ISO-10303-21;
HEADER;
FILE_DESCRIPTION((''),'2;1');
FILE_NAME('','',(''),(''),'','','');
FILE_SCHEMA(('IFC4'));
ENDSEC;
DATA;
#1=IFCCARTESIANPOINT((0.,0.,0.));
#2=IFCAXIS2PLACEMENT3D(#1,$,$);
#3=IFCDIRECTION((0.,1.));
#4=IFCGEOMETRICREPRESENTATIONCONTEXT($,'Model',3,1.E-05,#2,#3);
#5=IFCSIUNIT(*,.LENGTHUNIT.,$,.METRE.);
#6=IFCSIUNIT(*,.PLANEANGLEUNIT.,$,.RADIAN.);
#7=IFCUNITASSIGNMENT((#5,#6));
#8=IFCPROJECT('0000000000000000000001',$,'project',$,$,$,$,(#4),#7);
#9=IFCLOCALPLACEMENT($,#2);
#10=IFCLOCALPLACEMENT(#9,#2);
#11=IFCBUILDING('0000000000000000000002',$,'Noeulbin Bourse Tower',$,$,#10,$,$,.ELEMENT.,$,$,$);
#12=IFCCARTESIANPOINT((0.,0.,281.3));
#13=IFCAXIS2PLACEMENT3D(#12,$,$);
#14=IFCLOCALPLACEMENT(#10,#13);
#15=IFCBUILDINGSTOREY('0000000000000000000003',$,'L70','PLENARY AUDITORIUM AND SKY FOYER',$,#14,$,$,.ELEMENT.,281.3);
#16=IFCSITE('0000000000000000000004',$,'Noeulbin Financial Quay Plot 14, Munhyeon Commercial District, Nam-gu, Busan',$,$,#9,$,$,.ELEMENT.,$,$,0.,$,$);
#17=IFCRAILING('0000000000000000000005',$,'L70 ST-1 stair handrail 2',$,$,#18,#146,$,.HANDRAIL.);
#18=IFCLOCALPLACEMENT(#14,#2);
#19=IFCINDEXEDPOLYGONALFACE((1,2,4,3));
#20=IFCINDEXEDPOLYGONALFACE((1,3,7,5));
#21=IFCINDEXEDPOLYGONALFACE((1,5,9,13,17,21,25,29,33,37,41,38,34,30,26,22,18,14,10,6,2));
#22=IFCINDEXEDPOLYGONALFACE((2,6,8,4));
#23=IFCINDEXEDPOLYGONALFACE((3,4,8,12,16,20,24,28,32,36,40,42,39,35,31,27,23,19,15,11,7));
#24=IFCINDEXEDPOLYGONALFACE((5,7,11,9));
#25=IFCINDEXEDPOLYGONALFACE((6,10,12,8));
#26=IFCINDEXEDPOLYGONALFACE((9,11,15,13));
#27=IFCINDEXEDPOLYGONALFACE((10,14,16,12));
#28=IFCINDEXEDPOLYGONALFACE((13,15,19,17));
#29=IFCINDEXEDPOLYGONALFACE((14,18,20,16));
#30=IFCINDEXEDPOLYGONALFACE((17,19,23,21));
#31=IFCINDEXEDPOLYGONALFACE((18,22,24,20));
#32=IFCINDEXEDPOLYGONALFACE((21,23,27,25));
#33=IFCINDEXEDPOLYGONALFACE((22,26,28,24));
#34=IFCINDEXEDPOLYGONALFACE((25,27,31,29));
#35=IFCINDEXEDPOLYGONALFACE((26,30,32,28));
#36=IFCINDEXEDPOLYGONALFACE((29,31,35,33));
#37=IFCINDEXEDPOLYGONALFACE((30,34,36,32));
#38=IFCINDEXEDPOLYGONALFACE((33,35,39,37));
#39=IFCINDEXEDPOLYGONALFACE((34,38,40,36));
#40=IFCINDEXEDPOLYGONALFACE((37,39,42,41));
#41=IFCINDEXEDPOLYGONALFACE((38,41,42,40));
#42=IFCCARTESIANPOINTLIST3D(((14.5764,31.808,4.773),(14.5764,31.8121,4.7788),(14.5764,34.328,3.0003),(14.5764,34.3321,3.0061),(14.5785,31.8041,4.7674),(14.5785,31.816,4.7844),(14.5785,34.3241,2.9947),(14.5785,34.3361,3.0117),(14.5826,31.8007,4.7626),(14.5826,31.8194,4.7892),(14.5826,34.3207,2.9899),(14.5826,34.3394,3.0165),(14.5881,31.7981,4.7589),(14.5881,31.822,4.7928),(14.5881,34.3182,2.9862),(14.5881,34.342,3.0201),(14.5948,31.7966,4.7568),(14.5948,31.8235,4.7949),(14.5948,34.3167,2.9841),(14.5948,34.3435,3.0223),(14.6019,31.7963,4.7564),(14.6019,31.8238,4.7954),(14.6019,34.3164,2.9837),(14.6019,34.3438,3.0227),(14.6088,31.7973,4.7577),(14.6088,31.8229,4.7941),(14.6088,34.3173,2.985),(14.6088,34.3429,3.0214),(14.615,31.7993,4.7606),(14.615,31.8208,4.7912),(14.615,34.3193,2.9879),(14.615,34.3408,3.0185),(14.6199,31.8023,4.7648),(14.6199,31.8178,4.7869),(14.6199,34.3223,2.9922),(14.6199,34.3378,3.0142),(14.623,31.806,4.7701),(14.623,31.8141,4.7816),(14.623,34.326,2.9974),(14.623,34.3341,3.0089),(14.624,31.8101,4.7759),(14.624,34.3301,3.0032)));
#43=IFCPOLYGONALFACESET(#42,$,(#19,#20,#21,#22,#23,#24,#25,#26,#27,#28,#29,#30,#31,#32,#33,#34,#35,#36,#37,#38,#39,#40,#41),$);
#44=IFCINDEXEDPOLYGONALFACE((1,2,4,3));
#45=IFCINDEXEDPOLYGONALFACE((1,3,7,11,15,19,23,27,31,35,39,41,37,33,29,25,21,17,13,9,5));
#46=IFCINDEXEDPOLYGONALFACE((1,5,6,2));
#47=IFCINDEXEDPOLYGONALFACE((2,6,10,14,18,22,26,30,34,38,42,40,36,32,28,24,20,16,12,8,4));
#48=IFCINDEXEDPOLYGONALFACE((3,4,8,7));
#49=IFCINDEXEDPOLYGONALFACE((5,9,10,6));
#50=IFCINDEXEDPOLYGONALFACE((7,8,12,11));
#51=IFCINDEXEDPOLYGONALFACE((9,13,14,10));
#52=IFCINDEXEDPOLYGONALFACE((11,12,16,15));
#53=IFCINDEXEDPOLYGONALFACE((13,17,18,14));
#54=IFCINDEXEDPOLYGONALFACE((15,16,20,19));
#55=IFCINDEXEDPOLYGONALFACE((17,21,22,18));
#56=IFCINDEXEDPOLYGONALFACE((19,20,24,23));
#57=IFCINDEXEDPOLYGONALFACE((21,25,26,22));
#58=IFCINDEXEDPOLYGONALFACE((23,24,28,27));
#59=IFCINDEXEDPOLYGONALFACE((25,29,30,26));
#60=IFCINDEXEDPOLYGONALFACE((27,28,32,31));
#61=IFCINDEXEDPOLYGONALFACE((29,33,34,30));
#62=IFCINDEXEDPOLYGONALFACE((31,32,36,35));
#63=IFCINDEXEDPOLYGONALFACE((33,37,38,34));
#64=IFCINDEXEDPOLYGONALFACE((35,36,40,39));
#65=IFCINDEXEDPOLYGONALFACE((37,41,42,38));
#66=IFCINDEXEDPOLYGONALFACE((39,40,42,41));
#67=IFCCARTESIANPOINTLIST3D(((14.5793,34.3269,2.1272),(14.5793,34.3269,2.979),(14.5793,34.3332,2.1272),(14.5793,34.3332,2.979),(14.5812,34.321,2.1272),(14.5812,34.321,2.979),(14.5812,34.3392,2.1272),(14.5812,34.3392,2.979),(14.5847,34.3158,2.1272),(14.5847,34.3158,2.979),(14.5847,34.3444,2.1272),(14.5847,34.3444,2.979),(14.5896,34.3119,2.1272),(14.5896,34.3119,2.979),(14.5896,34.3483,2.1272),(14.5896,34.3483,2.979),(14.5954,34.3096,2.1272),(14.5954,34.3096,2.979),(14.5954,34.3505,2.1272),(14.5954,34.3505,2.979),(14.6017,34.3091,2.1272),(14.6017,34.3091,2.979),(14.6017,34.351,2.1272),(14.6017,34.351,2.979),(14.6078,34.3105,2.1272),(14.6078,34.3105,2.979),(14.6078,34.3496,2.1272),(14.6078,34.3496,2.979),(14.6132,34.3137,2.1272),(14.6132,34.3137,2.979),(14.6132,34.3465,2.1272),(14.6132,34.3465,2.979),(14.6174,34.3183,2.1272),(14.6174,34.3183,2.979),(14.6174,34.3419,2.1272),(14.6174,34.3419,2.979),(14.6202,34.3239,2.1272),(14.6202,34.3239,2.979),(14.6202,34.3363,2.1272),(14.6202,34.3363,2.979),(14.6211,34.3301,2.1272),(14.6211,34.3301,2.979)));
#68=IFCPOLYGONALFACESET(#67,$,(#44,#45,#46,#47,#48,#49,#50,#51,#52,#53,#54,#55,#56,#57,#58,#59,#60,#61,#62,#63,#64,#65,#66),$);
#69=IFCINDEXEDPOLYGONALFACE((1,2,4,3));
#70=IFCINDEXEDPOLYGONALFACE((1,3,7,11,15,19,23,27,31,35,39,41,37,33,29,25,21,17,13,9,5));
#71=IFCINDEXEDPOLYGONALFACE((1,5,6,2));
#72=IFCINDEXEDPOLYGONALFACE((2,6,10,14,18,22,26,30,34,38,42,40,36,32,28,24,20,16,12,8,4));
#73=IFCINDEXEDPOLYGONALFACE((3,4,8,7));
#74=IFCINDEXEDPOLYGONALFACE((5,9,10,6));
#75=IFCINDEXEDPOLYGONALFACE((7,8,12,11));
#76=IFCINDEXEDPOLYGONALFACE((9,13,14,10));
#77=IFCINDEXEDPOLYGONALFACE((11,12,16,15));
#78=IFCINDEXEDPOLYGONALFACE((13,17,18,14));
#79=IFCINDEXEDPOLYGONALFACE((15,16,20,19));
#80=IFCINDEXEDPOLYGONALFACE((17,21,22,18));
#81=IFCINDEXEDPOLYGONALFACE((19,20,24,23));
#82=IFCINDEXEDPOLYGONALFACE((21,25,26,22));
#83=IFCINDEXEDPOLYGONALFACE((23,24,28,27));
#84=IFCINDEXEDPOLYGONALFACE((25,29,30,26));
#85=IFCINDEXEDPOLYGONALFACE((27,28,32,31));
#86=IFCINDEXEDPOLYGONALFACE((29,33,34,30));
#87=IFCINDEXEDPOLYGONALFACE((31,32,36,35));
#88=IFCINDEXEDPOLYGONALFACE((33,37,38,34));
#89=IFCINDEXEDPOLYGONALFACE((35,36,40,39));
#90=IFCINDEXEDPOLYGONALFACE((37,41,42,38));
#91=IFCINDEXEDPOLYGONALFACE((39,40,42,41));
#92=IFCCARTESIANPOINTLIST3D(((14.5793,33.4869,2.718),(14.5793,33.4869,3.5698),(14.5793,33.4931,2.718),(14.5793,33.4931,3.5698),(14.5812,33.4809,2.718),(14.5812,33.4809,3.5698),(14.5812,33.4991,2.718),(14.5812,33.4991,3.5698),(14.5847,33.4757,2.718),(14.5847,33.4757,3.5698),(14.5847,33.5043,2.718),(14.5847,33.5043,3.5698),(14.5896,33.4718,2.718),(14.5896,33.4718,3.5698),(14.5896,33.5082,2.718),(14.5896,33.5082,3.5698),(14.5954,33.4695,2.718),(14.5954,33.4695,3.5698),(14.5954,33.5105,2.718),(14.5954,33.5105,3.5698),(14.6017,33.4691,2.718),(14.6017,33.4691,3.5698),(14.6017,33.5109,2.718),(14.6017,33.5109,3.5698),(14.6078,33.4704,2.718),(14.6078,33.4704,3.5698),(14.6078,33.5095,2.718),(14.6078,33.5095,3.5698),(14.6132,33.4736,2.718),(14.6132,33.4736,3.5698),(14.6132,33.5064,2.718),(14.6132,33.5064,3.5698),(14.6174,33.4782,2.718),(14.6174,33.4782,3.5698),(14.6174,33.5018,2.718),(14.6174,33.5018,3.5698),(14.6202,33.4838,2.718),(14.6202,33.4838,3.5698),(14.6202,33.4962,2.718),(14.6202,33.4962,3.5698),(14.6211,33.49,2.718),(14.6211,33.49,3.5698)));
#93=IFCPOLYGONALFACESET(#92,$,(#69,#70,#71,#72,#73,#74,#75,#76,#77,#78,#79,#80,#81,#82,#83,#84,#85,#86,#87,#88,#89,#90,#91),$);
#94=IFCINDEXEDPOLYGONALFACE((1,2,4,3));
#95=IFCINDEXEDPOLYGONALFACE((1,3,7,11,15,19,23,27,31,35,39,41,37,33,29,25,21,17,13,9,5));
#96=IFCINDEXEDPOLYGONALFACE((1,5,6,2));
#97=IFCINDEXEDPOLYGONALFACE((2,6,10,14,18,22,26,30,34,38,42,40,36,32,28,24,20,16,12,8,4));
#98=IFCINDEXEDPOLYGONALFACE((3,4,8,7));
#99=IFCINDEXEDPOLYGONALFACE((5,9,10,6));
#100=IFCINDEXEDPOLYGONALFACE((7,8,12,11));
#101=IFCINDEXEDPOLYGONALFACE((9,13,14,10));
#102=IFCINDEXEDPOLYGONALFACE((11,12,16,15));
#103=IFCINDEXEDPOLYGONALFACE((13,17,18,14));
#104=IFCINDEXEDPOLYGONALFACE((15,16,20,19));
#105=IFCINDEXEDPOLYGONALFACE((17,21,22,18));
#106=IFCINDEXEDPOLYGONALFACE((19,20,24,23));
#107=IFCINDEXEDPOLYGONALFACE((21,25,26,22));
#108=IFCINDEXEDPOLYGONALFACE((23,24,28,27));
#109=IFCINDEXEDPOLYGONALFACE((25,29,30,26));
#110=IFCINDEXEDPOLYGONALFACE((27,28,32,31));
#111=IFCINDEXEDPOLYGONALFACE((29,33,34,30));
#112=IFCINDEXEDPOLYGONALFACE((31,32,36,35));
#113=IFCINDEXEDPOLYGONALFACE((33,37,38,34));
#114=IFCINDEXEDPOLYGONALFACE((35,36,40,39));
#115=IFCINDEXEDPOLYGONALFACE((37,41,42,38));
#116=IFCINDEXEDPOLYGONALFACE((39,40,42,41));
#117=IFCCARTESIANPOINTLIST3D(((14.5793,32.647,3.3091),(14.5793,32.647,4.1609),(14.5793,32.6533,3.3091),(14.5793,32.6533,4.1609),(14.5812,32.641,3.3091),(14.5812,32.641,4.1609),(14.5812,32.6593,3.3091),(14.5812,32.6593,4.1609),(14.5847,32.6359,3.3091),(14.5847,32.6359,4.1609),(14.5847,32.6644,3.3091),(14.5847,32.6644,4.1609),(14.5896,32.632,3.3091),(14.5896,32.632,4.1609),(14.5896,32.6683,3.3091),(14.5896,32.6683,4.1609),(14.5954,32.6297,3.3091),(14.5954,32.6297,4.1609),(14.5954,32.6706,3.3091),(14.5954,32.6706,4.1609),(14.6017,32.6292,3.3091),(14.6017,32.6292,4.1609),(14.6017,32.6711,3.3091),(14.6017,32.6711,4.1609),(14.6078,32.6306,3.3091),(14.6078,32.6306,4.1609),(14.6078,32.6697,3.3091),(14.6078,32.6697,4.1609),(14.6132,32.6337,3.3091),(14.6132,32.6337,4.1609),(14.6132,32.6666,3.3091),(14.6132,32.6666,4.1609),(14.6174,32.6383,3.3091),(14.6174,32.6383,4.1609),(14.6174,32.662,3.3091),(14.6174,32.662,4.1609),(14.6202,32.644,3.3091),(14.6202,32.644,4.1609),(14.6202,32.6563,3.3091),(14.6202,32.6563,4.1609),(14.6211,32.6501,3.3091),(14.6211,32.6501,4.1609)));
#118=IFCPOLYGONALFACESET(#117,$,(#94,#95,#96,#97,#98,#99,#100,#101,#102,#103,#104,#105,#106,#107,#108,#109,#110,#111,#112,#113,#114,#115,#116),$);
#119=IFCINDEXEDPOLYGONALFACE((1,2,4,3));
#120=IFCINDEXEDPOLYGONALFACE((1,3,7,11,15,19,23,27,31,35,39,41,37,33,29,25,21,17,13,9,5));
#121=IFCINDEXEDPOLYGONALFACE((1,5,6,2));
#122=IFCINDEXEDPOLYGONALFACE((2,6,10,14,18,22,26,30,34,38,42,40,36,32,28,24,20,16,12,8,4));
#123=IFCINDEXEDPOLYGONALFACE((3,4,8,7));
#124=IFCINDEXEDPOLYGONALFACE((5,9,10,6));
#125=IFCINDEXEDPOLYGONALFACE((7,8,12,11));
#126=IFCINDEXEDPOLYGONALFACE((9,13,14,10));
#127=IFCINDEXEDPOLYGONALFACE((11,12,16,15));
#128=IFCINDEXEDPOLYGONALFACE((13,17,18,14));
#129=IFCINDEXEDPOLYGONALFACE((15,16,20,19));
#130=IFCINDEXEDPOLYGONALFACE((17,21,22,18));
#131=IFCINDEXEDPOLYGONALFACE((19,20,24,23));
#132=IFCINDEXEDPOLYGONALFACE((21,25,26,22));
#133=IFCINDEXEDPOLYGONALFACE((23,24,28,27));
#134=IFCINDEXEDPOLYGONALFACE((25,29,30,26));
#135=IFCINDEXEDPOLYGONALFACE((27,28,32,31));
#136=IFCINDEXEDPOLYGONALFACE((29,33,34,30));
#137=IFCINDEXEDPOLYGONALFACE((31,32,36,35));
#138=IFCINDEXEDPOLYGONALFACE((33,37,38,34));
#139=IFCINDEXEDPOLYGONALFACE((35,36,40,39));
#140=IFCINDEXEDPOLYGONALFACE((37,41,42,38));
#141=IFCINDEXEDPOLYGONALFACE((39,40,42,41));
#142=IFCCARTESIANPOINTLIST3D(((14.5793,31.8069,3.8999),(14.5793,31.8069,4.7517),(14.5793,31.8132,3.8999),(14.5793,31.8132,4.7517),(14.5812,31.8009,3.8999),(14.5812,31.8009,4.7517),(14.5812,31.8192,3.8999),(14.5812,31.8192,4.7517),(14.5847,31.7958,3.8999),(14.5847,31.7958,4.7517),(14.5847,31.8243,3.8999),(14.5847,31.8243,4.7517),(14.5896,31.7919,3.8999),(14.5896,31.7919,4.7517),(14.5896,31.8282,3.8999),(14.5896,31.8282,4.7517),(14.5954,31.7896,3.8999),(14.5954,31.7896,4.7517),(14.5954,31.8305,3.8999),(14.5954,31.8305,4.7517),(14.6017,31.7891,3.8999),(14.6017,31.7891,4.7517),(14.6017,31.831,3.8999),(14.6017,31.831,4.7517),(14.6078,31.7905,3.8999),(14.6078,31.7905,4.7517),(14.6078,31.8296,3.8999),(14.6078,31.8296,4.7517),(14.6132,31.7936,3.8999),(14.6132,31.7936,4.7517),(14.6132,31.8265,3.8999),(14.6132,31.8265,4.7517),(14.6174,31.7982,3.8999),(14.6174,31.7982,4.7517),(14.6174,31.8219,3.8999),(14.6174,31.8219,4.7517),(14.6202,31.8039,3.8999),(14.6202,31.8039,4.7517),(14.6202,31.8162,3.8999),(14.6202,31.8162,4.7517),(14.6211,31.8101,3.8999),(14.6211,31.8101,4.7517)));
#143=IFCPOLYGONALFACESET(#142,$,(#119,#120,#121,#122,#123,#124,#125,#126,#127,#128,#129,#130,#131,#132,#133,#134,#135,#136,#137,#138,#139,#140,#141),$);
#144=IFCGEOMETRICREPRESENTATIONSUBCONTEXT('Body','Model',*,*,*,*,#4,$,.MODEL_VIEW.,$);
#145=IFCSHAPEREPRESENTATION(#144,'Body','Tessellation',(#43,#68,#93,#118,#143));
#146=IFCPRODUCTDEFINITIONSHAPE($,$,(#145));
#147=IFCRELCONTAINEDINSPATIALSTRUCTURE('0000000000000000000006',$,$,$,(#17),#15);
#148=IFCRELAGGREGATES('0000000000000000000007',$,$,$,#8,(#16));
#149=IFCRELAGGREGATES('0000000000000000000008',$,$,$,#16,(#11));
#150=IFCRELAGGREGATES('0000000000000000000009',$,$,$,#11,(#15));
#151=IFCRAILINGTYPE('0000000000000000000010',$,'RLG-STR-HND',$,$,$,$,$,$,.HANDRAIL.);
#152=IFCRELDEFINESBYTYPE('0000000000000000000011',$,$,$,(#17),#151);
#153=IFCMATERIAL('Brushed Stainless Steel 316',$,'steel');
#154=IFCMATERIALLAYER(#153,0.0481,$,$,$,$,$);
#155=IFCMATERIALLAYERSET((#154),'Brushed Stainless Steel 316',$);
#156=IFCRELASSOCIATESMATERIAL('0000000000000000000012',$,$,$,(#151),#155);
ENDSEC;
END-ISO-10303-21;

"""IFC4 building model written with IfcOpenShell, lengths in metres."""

from ifc_helpers import new_model, si_unit, direction, frame, origin, origin_2d, place, context, subcontext, project, spatial, circle, extrude, material, layer, layer_set, type_object, element, save


model = new_model("IFC4")

# Units and contexts
model_context = context("Model", 3, precision=1e-05, world=origin(), true_north=direction((0.0, 1.0)))
body_context = subcontext(model_context, "Body", "Model", "MODEL_VIEW")
ifc_project = project(units=[si_unit("LENGTHUNIT", "METRE"), si_unit("PLANEANGLEUNIT", "RADIAN")], contexts=[model_context])

# Site, building, storey
site_placement = place(None, origin())
site = spatial("IfcSite", under=ifc_project, at=site_placement, Name="Noeulbin Financial Quay Plot 14, Munhyeon Commercial District, Nam-gu, Busan", CompositionType="ELEMENT", RefElevation=0.0)
building_placement = place(site_placement, origin())
building = spatial("IfcBuilding", under=site, at=building_placement, Name="Noeulbin Bourse Tower", CompositionType="ELEMENT")
storey_placement = place(building_placement, frame((0.0, 0.0, 281.3)))
storey = spatial("IfcBuildingStorey", under=building, at=storey_placement, Name="L70", Description="PLENARY AUDITORIUM AND SKY FOYER", CompositionType="ELEMENT", Elevation=281.3)

# Shared definitions
ifc_material_1 = material(Name="Brushed Stainless Steel 316", Category="steel")

# Railing
ifc_layer_1 = layer(ifc_material_1, 0.0481)
ifc_layer_set_1 = layer_set([ifc_layer_1], Name="Brushed Stainless Steel 316")
railing_type_1 = type_object("IfcRailingType", Name="RLG-STR-HND", PredefinedType="HANDRAIL", material=ifc_layer_set_1)
railing_1_placement = place(storey_placement, frame((14.6001, 34.3301, 2.1272)))
element("IfcRailing", 1, at=railing_1_placement, inside=storey, type_object=railing_type_1, Name="L70 ST-1 stair handrail 2", PredefinedType="HANDRAIL", context=body_context, shape_type="SweptSolid", body=[
    extrude(circle(Radius=0.0239, at=origin_2d()), frame((0.0, 0.0, 0.876), z_axis=(0.0, -0.817904, 0.575354), x_axis=(1.0, 0.0, 0.0)), (0.0, 0.0, 1.0), 3.0811),
    extrude(circle(Radius=0.021, at=origin_2d()), origin(), (0.0, 0.0, 1.0), 0.8518),
    extrude(circle(Radius=0.021, at=origin_2d()), frame((0.0, -0.8401, 0.5908)), (0.0, 0.0, 1.0), 0.8518),
    extrude(circle(Radius=0.021, at=origin_2d()), frame((0.0, -1.6799, 1.1819)), (0.0, 0.0, 1.0), 0.8518),
    extrude(circle(Radius=0.021, at=origin_2d()), frame((0.0, -2.52, 1.7727)), (0.0, 0.0, 1.0), 0.8518),
])

save(model, "model.ifc")
